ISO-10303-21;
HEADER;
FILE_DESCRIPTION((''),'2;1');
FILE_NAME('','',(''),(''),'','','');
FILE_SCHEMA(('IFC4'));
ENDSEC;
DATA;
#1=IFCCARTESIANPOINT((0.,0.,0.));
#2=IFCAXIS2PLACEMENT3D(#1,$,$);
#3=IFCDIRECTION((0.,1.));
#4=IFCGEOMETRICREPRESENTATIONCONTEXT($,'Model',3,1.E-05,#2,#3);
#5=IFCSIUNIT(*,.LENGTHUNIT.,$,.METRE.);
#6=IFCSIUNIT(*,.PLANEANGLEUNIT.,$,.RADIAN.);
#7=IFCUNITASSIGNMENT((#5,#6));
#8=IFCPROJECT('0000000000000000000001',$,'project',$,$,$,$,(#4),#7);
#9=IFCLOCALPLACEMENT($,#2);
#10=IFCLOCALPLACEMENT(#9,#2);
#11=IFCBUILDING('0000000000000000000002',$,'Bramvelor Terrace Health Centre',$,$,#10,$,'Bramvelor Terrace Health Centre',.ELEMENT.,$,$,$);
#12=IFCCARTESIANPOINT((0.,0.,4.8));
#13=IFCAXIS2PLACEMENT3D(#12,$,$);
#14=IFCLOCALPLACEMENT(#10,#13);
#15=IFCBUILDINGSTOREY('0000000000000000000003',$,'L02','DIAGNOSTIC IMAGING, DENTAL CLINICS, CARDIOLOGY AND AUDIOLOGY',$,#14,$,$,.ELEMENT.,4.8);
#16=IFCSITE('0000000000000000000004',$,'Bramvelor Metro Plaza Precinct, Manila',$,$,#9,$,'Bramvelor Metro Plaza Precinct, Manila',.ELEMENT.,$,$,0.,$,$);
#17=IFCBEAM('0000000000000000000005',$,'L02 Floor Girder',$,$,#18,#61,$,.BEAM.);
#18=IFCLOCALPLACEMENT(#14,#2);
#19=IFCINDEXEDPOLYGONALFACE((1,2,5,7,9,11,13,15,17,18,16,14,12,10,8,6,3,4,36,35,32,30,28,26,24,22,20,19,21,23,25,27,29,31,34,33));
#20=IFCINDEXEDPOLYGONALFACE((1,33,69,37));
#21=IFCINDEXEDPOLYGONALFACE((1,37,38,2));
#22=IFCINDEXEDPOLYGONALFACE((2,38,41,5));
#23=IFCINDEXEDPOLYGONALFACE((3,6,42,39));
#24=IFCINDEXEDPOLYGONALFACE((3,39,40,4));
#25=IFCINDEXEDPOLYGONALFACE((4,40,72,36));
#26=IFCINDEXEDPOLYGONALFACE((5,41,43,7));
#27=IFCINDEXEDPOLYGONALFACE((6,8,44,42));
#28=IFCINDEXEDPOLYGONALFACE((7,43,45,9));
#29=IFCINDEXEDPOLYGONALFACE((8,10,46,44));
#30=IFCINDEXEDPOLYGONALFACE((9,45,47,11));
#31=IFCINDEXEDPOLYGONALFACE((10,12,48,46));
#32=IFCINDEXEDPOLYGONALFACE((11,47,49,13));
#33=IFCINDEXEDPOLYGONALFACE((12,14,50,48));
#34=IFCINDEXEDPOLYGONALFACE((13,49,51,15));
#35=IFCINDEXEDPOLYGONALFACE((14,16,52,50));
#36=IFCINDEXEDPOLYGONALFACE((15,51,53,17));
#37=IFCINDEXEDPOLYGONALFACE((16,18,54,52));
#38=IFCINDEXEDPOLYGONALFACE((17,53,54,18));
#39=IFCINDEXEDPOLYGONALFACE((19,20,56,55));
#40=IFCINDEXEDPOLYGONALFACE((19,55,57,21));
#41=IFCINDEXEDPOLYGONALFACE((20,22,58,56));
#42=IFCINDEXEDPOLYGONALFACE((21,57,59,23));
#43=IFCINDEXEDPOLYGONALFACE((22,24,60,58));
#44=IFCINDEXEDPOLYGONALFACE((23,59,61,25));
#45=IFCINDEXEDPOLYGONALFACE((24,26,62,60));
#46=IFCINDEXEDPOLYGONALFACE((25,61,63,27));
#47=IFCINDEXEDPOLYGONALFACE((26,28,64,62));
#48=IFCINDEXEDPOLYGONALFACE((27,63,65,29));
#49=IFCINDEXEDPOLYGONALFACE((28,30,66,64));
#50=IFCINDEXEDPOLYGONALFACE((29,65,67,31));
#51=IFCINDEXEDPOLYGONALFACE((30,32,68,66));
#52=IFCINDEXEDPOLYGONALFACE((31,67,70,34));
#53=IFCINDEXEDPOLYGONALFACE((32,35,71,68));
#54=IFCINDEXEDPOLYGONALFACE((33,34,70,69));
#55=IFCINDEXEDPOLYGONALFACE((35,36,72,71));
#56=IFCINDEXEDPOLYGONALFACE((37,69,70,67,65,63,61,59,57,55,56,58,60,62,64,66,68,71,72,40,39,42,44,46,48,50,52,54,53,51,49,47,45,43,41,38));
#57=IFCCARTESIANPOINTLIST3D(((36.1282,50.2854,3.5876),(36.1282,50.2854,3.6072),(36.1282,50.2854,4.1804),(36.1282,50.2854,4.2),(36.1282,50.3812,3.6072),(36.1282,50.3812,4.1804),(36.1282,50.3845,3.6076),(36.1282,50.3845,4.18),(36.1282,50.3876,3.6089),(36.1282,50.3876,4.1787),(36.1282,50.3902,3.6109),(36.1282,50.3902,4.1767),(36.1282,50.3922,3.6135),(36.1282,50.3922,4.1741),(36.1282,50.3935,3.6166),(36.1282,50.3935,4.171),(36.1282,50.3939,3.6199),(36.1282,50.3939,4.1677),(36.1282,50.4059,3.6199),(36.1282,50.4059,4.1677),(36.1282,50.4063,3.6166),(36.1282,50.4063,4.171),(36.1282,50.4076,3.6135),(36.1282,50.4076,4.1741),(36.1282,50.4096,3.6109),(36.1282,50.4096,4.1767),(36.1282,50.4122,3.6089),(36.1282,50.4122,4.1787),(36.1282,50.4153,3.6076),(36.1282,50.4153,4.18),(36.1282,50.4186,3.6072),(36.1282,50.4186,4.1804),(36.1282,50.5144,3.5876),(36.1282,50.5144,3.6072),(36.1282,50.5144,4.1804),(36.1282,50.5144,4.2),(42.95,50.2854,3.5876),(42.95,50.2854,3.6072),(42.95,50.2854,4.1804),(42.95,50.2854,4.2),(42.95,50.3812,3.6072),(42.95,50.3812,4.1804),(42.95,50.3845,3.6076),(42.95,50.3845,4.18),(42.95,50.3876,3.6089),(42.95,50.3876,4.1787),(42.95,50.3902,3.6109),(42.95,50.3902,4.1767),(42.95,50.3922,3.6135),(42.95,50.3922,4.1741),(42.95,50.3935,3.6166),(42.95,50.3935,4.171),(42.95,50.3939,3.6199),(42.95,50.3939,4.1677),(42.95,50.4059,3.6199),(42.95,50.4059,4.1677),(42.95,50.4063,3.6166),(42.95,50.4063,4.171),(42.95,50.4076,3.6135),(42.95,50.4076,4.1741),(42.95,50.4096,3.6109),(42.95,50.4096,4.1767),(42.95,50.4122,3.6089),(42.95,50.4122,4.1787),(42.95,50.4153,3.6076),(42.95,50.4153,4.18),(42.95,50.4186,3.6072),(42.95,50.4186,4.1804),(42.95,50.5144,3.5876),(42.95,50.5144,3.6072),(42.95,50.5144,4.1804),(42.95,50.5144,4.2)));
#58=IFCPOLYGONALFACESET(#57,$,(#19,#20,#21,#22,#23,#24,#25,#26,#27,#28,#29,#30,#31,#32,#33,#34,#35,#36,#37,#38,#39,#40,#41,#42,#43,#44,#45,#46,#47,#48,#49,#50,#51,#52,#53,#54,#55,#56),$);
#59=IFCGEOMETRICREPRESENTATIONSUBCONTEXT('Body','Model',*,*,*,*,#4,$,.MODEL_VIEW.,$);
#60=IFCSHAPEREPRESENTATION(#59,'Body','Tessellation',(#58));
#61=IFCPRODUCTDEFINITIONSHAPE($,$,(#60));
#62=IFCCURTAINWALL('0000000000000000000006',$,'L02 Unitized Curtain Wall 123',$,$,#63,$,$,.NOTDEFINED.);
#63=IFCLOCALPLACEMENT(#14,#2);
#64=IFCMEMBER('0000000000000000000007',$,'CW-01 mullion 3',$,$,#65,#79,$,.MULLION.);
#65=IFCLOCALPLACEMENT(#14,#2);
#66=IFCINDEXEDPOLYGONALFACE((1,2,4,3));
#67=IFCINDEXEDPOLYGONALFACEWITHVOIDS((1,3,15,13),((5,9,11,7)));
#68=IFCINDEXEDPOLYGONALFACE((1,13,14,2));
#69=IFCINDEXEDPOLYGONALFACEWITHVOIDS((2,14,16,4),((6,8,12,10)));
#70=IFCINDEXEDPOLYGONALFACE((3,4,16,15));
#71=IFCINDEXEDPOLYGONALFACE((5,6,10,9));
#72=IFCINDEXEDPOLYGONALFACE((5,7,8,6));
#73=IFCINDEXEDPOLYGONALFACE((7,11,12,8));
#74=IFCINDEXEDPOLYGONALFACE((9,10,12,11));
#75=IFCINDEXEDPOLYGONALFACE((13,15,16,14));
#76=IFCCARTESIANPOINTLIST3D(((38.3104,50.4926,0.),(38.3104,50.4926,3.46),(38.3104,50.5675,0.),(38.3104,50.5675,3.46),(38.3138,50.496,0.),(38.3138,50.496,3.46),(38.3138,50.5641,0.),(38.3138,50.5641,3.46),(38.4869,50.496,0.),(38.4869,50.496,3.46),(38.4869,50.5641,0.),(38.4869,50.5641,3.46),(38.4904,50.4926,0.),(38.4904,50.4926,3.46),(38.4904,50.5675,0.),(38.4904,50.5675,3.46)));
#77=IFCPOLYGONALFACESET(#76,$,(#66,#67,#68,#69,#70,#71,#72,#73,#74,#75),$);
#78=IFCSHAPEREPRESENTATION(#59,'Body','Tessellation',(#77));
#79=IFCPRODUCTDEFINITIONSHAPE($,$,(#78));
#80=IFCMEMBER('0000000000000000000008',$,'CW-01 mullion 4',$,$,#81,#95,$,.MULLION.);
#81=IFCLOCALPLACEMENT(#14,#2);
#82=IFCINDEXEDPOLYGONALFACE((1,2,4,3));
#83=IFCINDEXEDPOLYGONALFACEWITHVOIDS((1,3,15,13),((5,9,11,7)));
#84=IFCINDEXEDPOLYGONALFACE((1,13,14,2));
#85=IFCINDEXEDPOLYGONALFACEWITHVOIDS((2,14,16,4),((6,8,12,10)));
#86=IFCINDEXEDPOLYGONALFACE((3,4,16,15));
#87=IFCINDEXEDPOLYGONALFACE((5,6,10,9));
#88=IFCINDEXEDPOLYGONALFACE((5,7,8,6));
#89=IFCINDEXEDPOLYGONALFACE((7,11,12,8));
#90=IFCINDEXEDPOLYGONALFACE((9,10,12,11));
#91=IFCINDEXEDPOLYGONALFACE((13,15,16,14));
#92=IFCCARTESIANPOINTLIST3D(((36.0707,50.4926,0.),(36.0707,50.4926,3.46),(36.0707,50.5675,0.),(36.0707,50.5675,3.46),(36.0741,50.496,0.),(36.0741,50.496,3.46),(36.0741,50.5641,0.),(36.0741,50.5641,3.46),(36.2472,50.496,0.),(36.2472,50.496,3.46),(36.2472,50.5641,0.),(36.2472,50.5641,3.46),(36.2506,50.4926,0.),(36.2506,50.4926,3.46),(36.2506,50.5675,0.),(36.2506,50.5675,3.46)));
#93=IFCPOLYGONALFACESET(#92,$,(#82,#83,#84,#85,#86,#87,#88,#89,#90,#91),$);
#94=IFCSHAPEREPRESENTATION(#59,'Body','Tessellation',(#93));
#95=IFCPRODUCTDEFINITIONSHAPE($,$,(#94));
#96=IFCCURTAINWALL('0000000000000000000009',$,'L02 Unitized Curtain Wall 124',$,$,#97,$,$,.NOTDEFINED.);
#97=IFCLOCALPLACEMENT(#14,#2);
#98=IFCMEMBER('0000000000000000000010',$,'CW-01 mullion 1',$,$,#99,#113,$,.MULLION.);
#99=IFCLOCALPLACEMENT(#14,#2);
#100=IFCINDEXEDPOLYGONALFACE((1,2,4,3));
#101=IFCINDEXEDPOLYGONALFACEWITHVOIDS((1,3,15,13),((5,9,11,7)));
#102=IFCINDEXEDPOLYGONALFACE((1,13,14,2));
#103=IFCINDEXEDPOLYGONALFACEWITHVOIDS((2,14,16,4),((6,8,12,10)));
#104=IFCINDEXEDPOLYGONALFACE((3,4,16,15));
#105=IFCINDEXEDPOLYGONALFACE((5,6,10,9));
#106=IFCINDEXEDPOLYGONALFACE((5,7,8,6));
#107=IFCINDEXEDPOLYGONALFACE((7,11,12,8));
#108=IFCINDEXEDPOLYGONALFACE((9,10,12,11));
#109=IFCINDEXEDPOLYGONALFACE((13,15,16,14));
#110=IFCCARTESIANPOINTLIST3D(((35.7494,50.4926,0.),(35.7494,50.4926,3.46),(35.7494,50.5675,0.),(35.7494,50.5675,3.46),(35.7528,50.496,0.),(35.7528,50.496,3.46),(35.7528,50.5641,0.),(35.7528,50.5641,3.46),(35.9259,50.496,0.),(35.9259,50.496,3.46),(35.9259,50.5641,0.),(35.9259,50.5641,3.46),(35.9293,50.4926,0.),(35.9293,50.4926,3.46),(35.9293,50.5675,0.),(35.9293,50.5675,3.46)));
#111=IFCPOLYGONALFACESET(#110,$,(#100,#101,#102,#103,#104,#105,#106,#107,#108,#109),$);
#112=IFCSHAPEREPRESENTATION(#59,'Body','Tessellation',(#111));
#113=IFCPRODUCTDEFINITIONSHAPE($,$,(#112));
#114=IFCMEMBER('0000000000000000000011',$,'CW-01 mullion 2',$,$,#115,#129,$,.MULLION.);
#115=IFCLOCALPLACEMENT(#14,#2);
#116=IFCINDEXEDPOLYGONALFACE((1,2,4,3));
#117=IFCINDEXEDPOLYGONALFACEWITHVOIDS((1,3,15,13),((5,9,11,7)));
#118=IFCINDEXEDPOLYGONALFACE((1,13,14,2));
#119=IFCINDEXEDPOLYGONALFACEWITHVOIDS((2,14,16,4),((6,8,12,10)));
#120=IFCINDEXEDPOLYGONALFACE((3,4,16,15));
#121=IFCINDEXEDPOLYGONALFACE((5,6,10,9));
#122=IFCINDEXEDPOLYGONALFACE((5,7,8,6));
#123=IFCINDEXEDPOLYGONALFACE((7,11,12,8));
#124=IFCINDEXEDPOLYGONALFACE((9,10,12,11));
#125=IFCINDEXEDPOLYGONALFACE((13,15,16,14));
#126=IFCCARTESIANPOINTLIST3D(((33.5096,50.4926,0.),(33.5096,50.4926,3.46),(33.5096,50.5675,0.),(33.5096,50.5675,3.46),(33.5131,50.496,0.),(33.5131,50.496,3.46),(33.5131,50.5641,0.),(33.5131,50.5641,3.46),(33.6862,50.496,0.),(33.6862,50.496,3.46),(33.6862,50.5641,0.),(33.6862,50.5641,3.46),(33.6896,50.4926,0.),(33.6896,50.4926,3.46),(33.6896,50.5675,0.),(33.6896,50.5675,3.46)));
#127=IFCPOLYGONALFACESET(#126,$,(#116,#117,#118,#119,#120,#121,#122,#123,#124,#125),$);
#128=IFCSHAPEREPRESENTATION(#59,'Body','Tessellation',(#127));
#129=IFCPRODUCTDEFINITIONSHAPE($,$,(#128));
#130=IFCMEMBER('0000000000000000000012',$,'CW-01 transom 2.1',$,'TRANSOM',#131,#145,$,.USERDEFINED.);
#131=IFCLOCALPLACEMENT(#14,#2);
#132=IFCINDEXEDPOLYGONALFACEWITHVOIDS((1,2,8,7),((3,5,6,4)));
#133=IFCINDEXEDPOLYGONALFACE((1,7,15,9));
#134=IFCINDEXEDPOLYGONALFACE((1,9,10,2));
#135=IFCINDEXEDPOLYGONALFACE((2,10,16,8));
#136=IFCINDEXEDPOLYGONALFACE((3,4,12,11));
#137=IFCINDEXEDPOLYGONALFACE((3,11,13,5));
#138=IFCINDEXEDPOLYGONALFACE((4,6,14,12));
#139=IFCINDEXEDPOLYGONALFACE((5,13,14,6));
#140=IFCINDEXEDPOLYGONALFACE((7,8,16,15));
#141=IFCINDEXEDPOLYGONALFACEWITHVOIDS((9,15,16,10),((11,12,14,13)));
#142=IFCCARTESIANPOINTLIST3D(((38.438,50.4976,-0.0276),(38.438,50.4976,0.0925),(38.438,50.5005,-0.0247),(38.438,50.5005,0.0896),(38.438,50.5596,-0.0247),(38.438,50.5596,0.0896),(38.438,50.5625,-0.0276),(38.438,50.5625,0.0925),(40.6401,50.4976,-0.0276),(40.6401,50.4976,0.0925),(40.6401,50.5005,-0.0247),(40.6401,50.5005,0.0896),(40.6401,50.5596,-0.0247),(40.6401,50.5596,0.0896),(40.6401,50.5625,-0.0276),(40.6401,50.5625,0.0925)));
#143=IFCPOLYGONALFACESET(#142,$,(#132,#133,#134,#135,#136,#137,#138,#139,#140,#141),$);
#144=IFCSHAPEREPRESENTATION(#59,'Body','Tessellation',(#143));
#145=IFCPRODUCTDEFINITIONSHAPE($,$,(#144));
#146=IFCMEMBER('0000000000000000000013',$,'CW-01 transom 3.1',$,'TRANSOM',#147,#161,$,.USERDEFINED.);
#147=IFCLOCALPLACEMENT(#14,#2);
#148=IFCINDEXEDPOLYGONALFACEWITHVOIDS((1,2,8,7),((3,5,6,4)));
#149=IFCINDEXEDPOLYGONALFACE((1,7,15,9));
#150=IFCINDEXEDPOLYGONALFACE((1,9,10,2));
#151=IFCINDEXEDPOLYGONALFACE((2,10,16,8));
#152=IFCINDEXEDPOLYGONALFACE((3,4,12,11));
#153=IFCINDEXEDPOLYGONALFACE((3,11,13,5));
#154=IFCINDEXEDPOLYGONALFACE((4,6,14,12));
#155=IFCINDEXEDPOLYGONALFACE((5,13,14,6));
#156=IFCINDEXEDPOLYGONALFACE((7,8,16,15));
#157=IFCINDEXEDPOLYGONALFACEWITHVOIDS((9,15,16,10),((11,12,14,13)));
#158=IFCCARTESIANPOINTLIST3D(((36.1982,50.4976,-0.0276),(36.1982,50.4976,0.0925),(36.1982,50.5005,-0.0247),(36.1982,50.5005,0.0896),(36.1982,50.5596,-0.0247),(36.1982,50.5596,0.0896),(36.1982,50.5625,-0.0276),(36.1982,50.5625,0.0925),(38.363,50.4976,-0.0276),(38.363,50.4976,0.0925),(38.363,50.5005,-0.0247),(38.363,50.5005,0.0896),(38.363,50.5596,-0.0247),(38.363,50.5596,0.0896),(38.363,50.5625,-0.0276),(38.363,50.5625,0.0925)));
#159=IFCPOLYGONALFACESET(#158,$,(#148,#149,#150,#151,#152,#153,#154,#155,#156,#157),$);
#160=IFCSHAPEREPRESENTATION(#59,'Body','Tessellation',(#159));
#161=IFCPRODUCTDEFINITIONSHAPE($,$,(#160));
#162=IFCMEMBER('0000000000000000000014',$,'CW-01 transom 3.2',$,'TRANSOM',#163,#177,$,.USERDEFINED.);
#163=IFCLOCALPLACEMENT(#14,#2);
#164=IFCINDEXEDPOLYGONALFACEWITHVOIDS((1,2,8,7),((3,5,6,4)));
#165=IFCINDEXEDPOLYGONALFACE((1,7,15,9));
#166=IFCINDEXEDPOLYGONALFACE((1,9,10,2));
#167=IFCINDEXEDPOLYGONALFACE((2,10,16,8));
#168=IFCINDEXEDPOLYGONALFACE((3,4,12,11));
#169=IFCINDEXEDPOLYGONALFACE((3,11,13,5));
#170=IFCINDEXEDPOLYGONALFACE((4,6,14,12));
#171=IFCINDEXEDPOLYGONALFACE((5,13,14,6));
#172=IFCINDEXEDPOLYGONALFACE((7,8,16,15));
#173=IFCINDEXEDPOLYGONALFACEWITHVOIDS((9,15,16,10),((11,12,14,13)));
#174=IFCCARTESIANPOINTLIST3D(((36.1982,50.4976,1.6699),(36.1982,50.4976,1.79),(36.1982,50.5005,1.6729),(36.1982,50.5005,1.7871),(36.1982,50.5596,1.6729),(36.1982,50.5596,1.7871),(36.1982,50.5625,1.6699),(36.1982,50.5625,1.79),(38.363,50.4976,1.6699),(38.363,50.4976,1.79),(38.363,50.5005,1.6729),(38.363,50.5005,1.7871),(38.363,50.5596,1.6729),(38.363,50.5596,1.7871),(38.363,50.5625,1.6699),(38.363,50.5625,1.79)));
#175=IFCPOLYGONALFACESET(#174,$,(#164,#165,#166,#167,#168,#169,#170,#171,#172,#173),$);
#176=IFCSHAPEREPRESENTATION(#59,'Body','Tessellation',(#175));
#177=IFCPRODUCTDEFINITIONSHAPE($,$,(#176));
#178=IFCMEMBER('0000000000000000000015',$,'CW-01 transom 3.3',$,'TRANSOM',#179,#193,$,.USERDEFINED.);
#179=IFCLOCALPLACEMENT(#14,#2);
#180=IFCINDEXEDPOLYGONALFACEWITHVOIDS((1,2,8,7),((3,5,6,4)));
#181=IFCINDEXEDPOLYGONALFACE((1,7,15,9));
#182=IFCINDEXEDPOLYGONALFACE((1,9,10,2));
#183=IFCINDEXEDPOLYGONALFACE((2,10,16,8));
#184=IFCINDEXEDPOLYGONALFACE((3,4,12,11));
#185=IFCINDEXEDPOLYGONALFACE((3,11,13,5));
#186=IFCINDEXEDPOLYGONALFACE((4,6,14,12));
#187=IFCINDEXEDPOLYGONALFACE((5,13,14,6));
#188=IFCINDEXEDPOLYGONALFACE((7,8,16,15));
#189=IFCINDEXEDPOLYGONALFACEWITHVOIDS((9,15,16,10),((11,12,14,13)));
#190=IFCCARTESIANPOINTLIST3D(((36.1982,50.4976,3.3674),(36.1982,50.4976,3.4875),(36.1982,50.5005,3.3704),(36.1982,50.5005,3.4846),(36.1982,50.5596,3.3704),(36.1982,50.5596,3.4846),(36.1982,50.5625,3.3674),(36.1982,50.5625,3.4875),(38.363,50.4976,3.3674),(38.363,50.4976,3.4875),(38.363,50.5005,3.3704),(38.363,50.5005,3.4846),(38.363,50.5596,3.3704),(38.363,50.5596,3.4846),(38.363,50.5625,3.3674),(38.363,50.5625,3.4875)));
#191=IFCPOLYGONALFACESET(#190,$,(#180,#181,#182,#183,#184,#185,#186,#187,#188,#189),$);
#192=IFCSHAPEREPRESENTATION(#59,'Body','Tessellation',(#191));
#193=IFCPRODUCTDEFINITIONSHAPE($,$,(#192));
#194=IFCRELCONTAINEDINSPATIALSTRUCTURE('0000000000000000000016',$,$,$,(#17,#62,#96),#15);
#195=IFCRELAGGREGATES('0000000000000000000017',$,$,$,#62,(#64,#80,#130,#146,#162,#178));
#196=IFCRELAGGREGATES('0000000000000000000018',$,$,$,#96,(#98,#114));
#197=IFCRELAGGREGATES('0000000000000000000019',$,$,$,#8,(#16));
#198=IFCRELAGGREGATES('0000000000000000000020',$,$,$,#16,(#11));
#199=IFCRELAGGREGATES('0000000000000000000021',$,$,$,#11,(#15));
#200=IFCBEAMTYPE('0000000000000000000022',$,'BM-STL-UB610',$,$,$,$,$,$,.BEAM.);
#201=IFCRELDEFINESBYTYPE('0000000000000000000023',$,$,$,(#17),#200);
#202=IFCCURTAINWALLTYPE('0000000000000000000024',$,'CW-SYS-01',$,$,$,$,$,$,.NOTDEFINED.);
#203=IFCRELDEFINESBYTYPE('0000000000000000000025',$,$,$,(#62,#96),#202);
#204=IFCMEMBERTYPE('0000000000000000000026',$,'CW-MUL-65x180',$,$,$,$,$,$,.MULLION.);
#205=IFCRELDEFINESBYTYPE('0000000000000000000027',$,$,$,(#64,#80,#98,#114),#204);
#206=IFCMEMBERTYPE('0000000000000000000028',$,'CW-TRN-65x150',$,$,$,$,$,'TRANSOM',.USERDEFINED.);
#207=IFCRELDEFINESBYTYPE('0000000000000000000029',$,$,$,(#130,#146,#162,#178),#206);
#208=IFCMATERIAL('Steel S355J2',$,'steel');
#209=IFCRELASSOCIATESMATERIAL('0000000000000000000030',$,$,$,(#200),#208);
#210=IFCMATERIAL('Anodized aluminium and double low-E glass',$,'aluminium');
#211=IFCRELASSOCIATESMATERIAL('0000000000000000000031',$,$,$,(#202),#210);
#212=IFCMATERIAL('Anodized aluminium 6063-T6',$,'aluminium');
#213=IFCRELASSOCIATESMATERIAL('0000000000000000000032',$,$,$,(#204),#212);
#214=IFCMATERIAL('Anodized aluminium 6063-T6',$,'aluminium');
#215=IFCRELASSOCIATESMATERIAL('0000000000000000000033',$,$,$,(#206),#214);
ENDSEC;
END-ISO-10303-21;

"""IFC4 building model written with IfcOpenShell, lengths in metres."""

from ifc_helpers import new_model, si_unit, direction, frame, origin, origin_2d, place, context, subcontext, project, spatial, hollow_rectangle, i_section, extrude, material, material_profile, profile_set, type_object, element, aggregate, save


model = new_model("IFC4")

# Units and contexts
model_context = context("Model", 3, precision=1e-05, world=origin(), true_north=direction((0.0, 1.0)))
body_context = subcontext(model_context, "Body", "Model", "MODEL_VIEW")
ifc_project = project(units=[si_unit("LENGTHUNIT", "METRE"), si_unit("PLANEANGLEUNIT", "RADIAN")], contexts=[model_context])

# Site, building, storey
site_placement = place(None, origin())
site = spatial("IfcSite", under=ifc_project, at=site_placement, Name="Bramvelor Metro Plaza Precinct, Manila", LongName="Bramvelor Metro Plaza Precinct, Manila", CompositionType="ELEMENT", RefElevation=0.0)
building_placement = place(site_placement, origin())
building = spatial("IfcBuilding", under=site, at=building_placement, Name="Bramvelor Terrace Health Centre", LongName="Bramvelor Terrace Health Centre", CompositionType="ELEMENT")
storey_placement = place(building_placement, frame((0.0, 0.0, 4.8)))
storey = spatial("IfcBuildingStorey", under=building, at=storey_placement, Name="L02", Description="DIAGNOSTIC IMAGING, DENTAL CLINICS, CARDIOLOGY AND AUDIOLOGY", CompositionType="ELEMENT", Elevation=4.8)

# Beam
ifc_material_1 = material(Name="Steel S355J2", Category="steel")
ifc_material_profile_1 = material_profile(ifc_material_1, i_section(OverallWidth=0.229, OverallDepth=0.6123, WebThickness=0.012, FlangeThickness=0.0195, FilletRadius=0.0127, at=origin_2d()), Name="UB 610x229x125")
ifc_profile_set_1 = profile_set([ifc_material_profile_1], Name="Steel S355J2")
beam_type_1 = type_object("IfcBeamType", Name="BM-STL-UB610", PredefinedType="BEAM", material=ifc_profile_set_1)
beam_1_placement = place(storey_placement, frame((36.1282, 50.3999, 3.8938), z_axis=(1.0, 0.0, 0.0), x_axis=(0.0, 1.0, 0.0)))
element("IfcBeam", 1, at=beam_1_placement, inside=storey, type_object=beam_type_1, Name="L02 Floor Girder", PredefinedType="BEAM", context=body_context, shape_type="SweptSolid", body=[
    extrude(i_section(OverallWidth=0.229, OverallDepth=0.6123, WebThickness=0.012, FlangeThickness=0.0195, FilletRadius=0.0127, at=origin_2d()), origin(), (0.0, 0.0, 1.0), 6.8218),
])

# Curtain walls, members
ifc_material_2 = material(Name="Anodized aluminium and double low-E glass", Category="aluminium")
curtain_wall_type = type_object("IfcCurtainWallType", Name="CW-SYS-01", PredefinedType="NOTDEFINED", material=ifc_material_2)
curtain_wall_1_placement = place(storey_placement, origin())
curtain_wall_1 = element("IfcCurtainWall", 2, at=curtain_wall_1_placement, inside=storey, type_object=curtain_wall_type, Name="L02 Unitized Curtain Wall 123", PredefinedType="NOTDEFINED")
ifc_material_3 = material(Name="Anodized aluminium 6063-T6", Category="aluminium")
ifc_material_profile_2 = material_profile(ifc_material_3, hollow_rectangle(XDim=0.075, YDim=0.1799, WallThickness=0.0034, at=origin_2d()), Name="ALU-MUL 75x180x3.5")
ifc_profile_set_2 = profile_set([ifc_material_profile_2], Name="Anodized aluminium 6063-T6")
member_type_1 = type_object("IfcMemberType", Name="CW-MUL-65x180", PredefinedType="MULLION", material=ifc_profile_set_2)
member_1_placement = place(storey_placement, frame((38.4004, 50.53, 0.0), z_axis=(0.0, 0.0, 1.0), x_axis=(0.0, -1.0, 0.0)))
member_1 = element("IfcMember", 3, at=member_1_placement, type_object=member_type_1, Name="CW-01 mullion 3", PredefinedType="MULLION", context=body_context, shape_type="SweptSolid", body=[
    extrude(hollow_rectangle(XDim=0.075, YDim=0.1799, WallThickness=0.0034, at=origin_2d()), origin(), (0.0, 0.0, 1.0), 3.46),
])
member_2_placement = place(storey_placement, frame((36.1606, 50.53, 0.0), z_axis=(0.0, 0.0, 1.0), x_axis=(0.0, -1.0, 0.0)))
member_2 = element("IfcMember", 4, at=member_2_placement, type_object=member_type_1, Name="CW-01 mullion 4", PredefinedType="MULLION", context=body_context, shape_type="SweptSolid", body=[
    extrude(hollow_rectangle(XDim=0.075, YDim=0.1799, WallThickness=0.0034, at=origin_2d()), origin(), (0.0, 0.0, 1.0), 3.46),
])
curtain_wall_2_placement = place(storey_placement, origin())
curtain_wall_2 = element("IfcCurtainWall", 5, at=curtain_wall_2_placement, inside=storey, type_object=curtain_wall_type, Name="L02 Unitized Curtain Wall 124", PredefinedType="NOTDEFINED")
member_3_placement = place(storey_placement, frame((35.8394, 50.53, 0.0), z_axis=(0.0, 0.0, 1.0), x_axis=(0.0, -1.0, 0.0)))
member_3 = element("IfcMember", 6, at=member_3_placement, type_object=member_type_1, Name="CW-01 mullion 1", PredefinedType="MULLION", context=body_context, shape_type="SweptSolid", body=[
    extrude(hollow_rectangle(XDim=0.075, YDim=0.1799, WallThickness=0.0034, at=origin_2d()), origin(), (0.0, 0.0, 1.0), 3.46),
])
member_4_placement = place(storey_placement, frame((33.5996, 50.53, 0.0), z_axis=(0.0, 0.0, 1.0), x_axis=(0.0, -1.0, 0.0)))
member_4 = element("IfcMember", 7, at=member_4_placement, type_object=member_type_1, Name="CW-01 mullion 2", PredefinedType="MULLION", context=body_context, shape_type="SweptSolid", body=[
    extrude(hollow_rectangle(XDim=0.075, YDim=0.1799, WallThickness=0.0034, at=origin_2d()), origin(), (0.0, 0.0, 1.0), 3.46),
])

# Members
ifc_material_4 = material(Name="Anodized aluminium 6063-T6", Category="aluminium")
ifc_material_profile_3 = material_profile(ifc_material_4, hollow_rectangle(XDim=0.0649, YDim=0.1201, WallThickness=0.0029, at=origin_2d()), Name="ALU-TRN 65x120x3.0")
ifc_profile_set_3 = profile_set([ifc_material_profile_3], Name="Anodized aluminium 6063-T6")
member_type_2 = type_object("IfcMemberType", Name="CW-TRN-65x150", ElementType="TRANSOM", PredefinedType="USERDEFINED", material=ifc_profile_set_3)
member_5_placement = place(storey_placement, frame((40.6401, 50.53, 0.0325), z_axis=(-1.0, 0.0, 0.0), x_axis=(0.0, -1.0, 0.0)))
member_5 = element("IfcMember", 8, at=member_5_placement, type_object=member_type_2, Name="CW-01 transom 2.1", ObjectType="TRANSOM", PredefinedType="USERDEFINED", context=body_context, shape_type="SweptSolid", body=[
    extrude(hollow_rectangle(XDim=0.0649, YDim=0.1201, WallThickness=0.0029, at=origin_2d()), origin(), (0.0, 0.0, 1.0), 2.2021),
])
member_6_placement = place(storey_placement, frame((38.363, 50.53, 0.0325), z_axis=(-1.0, 0.0, 0.0), x_axis=(0.0, -1.0, 0.0)))
member_6 = element("IfcMember", 9, at=member_6_placement, type_object=member_type_2, Name="CW-01 transom 3.1", ObjectType="TRANSOM", PredefinedType="USERDEFINED", context=body_context, shape_type="SweptSolid", body=[
    extrude(hollow_rectangle(XDim=0.0649, YDim=0.1201, WallThickness=0.0029, at=origin_2d()), origin(), (0.0, 0.0, 1.0), 2.1648),
])
member_7_placement = place(storey_placement, frame((38.363, 50.53, 1.73), z_axis=(-1.0, 0.0, 0.0), x_axis=(0.0, -1.0, 0.0)))
member_7 = element("IfcMember", 10, at=member_7_placement, type_object=member_type_2, Name="CW-01 transom 3.2", ObjectType="TRANSOM", PredefinedType="USERDEFINED", context=body_context, shape_type="SweptSolid", body=[
    extrude(hollow_rectangle(XDim=0.0649, YDim=0.1201, WallThickness=0.0029, at=origin_2d()), origin(), (0.0, 0.0, 1.0), 2.1648),
])
member_8_placement = place(storey_placement, frame((38.363, 50.53, 3.4275), z_axis=(-1.0, 0.0, 0.0), x_axis=(0.0, -1.0, 0.0)))
member_8 = element("IfcMember", 11, at=member_8_placement, type_object=member_type_2, Name="CW-01 transom 3.3", ObjectType="TRANSOM", PredefinedType="USERDEFINED", context=body_context, shape_type="SweptSolid", body=[
    extrude(hollow_rectangle(XDim=0.0649, YDim=0.1201, WallThickness=0.0029, at=origin_2d()), origin(), (0.0, 0.0, 1.0), 2.1648),
])

aggregate(curtain_wall_1, [member_1, member_2, member_5, member_6, member_7, member_8])
aggregate(curtain_wall_2, [member_3, member_4])

save(model, "model.ifc")
